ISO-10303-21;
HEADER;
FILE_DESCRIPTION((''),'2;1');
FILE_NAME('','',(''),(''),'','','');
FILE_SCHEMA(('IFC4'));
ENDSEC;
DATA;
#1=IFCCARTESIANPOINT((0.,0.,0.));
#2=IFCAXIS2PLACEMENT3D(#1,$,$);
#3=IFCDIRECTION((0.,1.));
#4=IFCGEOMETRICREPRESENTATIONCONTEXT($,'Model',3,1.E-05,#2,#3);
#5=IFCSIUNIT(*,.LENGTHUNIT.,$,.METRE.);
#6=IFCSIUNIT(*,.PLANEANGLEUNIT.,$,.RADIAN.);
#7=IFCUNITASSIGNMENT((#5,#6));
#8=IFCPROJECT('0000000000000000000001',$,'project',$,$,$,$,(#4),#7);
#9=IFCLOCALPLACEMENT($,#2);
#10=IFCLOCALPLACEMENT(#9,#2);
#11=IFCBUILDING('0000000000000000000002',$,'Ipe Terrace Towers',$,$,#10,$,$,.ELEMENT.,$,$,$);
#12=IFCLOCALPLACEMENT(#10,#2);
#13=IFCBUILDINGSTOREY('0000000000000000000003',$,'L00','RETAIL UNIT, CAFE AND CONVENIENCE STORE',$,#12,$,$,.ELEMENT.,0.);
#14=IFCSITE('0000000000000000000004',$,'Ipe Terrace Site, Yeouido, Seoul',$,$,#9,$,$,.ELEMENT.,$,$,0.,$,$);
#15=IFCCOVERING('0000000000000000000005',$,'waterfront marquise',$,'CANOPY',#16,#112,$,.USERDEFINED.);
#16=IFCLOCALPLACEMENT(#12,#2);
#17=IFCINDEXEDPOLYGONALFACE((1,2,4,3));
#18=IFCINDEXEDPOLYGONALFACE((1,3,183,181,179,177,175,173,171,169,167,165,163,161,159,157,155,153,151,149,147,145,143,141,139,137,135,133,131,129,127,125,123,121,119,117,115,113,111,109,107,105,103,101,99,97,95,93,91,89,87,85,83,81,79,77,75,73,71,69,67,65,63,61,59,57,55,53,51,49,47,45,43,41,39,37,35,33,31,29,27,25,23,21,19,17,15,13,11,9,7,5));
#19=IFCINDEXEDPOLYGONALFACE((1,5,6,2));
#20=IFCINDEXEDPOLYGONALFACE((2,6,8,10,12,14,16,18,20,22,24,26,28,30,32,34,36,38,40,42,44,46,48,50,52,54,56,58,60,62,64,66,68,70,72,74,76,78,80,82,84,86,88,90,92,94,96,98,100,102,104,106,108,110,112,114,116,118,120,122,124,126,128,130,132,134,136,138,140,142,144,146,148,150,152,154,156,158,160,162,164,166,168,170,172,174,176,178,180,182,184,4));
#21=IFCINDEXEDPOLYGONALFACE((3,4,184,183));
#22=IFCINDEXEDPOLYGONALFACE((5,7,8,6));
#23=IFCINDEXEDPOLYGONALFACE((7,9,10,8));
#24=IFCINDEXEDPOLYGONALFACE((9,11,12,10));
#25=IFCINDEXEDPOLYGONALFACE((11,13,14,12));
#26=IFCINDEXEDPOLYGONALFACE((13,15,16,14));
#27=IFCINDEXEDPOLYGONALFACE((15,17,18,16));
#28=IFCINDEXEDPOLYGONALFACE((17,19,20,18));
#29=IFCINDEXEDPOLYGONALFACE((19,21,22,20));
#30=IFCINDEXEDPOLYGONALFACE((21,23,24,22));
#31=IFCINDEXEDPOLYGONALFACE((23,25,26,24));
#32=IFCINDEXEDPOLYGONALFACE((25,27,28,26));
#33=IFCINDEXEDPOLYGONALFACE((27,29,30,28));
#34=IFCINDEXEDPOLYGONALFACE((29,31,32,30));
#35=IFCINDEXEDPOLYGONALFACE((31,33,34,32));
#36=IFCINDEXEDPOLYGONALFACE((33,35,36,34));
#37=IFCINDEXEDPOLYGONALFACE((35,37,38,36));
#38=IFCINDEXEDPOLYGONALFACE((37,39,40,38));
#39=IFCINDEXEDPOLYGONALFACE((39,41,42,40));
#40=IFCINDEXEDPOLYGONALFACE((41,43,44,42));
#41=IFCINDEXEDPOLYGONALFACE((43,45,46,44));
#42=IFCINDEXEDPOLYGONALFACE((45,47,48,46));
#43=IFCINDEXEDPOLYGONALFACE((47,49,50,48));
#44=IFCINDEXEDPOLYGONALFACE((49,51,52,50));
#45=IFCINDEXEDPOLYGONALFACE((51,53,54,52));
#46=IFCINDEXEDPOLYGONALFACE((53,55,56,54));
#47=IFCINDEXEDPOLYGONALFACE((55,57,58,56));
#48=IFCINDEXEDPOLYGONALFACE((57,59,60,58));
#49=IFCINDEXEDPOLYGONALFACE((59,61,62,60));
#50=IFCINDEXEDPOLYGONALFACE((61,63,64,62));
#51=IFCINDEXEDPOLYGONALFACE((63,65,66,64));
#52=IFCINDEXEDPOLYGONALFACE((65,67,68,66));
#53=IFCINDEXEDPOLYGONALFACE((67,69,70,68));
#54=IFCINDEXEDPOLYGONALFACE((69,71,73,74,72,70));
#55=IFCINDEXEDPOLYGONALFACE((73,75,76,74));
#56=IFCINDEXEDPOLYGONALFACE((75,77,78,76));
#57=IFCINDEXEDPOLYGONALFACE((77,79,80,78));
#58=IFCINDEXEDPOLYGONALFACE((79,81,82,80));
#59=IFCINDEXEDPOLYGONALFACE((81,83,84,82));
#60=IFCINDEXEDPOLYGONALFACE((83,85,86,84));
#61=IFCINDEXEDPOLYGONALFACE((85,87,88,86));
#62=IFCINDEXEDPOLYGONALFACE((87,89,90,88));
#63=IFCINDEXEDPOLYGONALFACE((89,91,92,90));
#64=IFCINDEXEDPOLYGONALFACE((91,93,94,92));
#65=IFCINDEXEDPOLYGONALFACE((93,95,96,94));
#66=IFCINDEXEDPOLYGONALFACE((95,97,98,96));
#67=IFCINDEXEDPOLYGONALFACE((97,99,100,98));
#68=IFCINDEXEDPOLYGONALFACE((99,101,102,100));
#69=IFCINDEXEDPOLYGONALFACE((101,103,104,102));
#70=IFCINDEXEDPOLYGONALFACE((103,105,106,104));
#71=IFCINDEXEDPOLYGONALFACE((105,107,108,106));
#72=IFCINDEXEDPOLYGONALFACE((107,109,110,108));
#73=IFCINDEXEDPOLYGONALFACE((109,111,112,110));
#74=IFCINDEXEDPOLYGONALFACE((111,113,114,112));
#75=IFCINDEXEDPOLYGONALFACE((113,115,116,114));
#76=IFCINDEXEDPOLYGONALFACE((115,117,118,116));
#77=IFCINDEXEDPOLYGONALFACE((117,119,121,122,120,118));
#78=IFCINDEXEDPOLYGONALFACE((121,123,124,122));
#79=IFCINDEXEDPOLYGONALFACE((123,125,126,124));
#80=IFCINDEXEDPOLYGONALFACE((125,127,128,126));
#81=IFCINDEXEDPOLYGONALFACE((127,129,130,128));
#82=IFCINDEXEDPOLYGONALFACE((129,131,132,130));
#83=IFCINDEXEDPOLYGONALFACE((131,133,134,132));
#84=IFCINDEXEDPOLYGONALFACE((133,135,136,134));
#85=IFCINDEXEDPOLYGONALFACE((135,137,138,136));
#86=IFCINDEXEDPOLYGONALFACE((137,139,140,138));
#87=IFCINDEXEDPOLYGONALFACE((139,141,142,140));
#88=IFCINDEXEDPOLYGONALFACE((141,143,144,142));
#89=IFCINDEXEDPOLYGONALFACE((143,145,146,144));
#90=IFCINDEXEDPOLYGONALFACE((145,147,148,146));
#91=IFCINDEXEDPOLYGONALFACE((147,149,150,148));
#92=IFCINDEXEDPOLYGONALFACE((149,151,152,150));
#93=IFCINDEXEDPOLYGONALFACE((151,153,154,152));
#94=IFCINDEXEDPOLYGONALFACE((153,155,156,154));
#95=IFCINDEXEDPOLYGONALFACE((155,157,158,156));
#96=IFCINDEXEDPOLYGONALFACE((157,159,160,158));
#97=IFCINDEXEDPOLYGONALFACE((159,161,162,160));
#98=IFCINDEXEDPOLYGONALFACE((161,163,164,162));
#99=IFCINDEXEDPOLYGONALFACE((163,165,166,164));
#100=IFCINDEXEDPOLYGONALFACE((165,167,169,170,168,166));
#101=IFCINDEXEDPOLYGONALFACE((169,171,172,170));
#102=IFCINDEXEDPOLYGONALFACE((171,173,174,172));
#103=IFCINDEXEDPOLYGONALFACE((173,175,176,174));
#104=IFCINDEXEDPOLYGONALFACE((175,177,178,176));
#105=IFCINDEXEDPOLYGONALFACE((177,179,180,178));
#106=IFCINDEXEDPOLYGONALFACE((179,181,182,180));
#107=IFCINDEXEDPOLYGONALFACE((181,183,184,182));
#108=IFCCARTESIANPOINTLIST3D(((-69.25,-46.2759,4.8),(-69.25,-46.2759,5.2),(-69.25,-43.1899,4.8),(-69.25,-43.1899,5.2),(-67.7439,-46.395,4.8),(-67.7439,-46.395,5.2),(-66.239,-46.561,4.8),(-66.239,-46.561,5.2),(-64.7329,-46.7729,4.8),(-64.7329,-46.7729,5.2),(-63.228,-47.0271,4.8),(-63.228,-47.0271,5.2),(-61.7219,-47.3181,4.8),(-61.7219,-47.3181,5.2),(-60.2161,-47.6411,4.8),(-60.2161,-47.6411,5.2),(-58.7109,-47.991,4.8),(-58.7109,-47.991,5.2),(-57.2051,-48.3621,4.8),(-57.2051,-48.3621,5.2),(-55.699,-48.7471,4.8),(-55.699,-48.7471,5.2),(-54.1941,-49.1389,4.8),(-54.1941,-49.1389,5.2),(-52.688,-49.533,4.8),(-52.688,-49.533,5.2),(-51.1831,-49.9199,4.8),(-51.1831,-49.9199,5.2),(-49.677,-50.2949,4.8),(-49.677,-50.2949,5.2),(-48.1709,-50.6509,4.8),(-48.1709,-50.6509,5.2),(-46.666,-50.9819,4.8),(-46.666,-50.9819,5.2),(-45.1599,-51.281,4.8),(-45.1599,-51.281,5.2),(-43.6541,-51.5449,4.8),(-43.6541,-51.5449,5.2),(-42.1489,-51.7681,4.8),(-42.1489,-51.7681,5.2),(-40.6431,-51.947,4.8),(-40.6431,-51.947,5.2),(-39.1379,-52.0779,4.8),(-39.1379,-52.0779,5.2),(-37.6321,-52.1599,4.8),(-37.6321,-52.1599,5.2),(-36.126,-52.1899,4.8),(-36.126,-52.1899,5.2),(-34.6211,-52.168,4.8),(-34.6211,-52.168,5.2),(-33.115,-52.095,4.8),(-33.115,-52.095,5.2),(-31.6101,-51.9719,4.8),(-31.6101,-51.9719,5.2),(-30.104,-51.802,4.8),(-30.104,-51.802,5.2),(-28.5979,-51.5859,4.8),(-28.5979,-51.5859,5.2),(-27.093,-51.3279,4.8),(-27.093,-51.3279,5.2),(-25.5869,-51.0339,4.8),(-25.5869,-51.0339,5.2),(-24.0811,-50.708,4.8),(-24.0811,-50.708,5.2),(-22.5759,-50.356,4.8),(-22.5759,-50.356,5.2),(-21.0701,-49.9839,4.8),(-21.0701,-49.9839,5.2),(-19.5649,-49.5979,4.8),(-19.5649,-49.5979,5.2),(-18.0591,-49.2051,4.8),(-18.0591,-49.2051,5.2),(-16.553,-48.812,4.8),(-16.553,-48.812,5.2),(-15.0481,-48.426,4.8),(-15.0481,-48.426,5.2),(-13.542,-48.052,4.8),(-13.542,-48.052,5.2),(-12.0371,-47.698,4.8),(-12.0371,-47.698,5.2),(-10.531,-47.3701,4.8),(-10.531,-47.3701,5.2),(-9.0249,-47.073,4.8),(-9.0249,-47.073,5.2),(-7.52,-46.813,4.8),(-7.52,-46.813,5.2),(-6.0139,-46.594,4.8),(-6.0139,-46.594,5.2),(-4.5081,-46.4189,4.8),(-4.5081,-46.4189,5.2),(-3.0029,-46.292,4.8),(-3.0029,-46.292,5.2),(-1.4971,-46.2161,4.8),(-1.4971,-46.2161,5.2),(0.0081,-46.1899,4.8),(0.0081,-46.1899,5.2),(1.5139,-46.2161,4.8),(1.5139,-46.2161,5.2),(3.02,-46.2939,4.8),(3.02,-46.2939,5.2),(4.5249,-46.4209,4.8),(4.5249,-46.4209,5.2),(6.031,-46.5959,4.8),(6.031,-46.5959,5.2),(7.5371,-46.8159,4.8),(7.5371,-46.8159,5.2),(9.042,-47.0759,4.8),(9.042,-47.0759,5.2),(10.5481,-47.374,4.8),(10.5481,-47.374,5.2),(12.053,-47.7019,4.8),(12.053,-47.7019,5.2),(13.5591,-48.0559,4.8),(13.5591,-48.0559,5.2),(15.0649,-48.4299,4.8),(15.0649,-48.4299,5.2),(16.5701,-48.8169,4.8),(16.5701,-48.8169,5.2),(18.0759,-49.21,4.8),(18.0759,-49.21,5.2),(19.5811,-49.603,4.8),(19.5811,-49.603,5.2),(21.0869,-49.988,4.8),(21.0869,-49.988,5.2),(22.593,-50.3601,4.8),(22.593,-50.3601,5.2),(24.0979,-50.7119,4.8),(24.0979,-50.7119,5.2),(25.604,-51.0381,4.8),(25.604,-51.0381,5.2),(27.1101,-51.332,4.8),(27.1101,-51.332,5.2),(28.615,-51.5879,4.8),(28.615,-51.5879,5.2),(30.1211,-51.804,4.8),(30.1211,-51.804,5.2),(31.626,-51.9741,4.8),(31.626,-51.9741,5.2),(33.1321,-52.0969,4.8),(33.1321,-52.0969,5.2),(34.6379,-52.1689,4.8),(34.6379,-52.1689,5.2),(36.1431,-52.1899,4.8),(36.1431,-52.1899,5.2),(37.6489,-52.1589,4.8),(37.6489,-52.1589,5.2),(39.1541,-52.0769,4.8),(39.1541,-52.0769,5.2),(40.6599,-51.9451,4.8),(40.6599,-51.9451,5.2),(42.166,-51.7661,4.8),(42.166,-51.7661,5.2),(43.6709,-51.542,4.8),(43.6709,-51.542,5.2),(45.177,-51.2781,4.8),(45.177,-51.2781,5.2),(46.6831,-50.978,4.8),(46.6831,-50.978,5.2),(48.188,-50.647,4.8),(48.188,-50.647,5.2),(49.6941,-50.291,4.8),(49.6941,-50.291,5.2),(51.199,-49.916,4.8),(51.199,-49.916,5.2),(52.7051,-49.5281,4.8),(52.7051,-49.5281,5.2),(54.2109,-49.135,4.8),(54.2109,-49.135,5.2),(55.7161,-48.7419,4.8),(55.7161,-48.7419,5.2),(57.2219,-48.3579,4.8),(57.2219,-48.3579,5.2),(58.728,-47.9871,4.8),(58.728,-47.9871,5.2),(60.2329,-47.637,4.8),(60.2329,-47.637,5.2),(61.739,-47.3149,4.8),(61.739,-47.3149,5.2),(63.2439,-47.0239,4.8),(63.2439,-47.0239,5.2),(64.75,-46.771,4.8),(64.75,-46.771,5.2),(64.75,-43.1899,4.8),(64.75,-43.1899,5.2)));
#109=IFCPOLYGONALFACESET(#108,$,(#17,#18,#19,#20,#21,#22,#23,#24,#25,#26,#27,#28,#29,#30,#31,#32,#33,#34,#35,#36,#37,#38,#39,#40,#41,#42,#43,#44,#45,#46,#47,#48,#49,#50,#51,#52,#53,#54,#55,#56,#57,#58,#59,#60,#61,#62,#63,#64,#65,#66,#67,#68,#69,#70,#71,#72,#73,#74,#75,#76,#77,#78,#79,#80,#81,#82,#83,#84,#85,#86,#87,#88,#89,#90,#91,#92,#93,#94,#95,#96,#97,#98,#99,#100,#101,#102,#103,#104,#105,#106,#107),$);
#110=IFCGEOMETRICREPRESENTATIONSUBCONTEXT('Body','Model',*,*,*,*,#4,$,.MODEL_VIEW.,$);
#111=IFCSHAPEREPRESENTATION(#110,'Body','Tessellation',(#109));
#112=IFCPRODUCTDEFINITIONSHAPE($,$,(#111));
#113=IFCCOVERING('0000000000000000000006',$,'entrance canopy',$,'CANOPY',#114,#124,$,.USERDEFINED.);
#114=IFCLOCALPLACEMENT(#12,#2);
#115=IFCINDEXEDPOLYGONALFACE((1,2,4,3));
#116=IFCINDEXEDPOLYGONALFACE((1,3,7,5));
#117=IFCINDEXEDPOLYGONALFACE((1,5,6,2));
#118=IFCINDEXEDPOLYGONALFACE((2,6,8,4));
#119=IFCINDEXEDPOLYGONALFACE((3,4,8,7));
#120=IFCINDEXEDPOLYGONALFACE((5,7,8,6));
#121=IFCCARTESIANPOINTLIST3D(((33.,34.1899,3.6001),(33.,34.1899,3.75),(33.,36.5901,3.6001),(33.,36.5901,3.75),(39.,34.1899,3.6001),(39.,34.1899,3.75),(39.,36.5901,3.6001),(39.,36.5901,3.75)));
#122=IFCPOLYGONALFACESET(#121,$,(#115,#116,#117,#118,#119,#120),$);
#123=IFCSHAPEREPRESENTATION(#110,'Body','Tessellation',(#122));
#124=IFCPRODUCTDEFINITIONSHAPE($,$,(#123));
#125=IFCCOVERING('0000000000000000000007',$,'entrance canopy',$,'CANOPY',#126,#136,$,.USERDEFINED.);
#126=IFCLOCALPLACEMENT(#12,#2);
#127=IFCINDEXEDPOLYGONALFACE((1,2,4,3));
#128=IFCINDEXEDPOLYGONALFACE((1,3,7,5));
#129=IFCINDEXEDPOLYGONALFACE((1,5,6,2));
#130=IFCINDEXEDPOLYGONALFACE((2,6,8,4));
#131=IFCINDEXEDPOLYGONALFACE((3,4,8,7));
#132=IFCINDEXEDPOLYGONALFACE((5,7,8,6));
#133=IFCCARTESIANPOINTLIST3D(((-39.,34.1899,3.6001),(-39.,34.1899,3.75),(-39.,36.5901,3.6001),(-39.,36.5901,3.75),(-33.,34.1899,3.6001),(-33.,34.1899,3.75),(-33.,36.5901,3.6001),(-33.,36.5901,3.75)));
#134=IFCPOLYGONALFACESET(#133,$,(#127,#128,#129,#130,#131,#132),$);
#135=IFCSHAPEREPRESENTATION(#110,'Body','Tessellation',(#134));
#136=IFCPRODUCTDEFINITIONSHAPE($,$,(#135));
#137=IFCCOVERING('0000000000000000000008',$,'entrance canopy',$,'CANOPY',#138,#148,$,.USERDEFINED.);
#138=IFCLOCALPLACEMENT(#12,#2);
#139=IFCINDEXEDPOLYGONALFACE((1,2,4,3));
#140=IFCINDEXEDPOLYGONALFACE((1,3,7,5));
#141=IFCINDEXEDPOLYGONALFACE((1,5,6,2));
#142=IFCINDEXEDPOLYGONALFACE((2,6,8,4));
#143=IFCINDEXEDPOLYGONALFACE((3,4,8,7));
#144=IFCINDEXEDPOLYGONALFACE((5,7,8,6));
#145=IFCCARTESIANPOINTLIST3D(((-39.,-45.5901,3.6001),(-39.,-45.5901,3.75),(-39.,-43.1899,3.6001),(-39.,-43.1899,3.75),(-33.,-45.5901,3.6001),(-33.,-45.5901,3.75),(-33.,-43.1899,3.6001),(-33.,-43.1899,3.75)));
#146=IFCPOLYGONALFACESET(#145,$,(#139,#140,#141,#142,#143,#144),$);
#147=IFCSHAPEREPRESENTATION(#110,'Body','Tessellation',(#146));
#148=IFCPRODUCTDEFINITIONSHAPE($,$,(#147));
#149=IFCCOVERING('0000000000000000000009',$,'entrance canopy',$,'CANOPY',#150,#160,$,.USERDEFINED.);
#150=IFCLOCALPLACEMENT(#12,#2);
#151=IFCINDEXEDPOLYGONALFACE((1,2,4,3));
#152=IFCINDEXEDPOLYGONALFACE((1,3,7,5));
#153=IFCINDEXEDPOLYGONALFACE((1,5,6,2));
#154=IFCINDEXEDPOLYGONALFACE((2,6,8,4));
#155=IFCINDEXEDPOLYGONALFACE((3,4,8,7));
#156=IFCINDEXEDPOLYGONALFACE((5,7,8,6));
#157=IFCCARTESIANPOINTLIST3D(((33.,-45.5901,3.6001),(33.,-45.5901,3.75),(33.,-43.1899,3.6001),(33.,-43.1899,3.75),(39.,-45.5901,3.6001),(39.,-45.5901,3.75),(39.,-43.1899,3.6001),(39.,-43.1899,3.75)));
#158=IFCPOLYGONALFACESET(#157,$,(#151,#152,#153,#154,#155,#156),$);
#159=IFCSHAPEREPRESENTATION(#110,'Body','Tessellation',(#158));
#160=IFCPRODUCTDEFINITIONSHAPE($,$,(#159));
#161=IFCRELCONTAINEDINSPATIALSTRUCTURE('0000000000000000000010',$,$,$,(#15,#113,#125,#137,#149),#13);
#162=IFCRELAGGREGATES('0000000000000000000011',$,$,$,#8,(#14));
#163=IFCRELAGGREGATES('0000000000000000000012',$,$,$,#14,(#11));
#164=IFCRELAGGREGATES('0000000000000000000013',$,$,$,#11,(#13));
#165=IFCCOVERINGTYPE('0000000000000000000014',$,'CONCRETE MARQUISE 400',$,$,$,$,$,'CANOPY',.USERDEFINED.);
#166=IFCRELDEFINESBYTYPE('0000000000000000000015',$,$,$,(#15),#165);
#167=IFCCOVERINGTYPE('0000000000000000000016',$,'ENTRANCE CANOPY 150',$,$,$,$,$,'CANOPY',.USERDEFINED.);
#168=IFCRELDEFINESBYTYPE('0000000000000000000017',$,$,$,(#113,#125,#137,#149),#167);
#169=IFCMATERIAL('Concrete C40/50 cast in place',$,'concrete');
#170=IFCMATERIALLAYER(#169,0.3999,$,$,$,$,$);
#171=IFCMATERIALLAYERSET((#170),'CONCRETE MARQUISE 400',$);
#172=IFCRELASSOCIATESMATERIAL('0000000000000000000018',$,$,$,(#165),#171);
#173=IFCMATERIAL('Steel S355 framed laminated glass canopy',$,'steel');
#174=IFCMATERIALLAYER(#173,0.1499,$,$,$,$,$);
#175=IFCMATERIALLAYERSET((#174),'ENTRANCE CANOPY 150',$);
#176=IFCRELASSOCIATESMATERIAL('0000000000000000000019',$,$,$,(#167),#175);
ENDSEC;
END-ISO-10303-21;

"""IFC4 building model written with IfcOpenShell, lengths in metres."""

from ifc_helpers import new_model, si_unit, direction, frame, origin, place, context, subcontext, project, spatial, polyline, outline, extrude, material, layer, layer_set, type_object, element, save


model = new_model("IFC4")

# Units and contexts
model_context = context("Model", 3, precision=1e-05, world=origin(), true_north=direction((0.0, 1.0)))
body_context = subcontext(model_context, "Body", "Model", "MODEL_VIEW")
ifc_project = project(units=[si_unit("LENGTHUNIT", "METRE"), si_unit("PLANEANGLEUNIT", "RADIAN")], contexts=[model_context])

# Site, building, storey
site_placement = place(None, origin())
site = spatial("IfcSite", under=ifc_project, at=site_placement, Name="Ipe Terrace Site, Yeouido, Seoul", CompositionType="ELEMENT", RefElevation=0.0)
building_placement = place(site_placement, origin())
building = spatial("IfcBuilding", under=site, at=building_placement, Name="Ipe Terrace Towers", CompositionType="ELEMENT")
storey_placement = place(building_placement, origin())
storey = spatial("IfcBuildingStorey", under=building, at=storey_placement, Name="L00", Description="RETAIL UNIT, CAFE AND CONVENIENCE STORE", CompositionType="ELEMENT", Elevation=0.0)

# Coverings
ifc_material_1 = material(Name="Concrete C40/50 cast in place", Category="concrete")
ifc_layer_1 = layer(ifc_material_1, 0.3999)
ifc_layer_set_1 = layer_set([ifc_layer_1], Name="CONCRETE MARQUISE 400")
covering_type_1 = type_object("IfcCoveringType", Name="CONCRETE MARQUISE 400", ElementType="CANOPY", PredefinedType="USERDEFINED", material=ifc_layer_set_1)
covering_1_placement = place(storey_placement, frame((0.0, 0.0, 4.8)))
element("IfcCovering", 1, at=covering_1_placement, inside=storey, type_object=covering_type_1, Name="waterfront marquise", ObjectType="CANOPY", PredefinedType="USERDEFINED", context=body_context, shape_type="SweptSolid", body=[
    extrude(outline(polyline([(-69.25, -43.1899), (-69.25, -46.2759), (-67.7439, -46.395), (-66.239, -46.561), (-64.7329, -46.7729), (-63.228, -47.0271), (-61.7219, -47.3181), (-60.2161, -47.6411), (-58.7109, -47.991), (-57.2051, -48.3621), (-55.699, -48.7471), (-54.1941, -49.1389), (-52.688, -49.533), (-51.1831, -49.9199), (-49.677, -50.2949), (-48.1709, -50.6509), (-46.666, -50.9819), (-45.1599, -51.281), (-43.6541, -51.5449), (-42.1489, -51.7681), (-40.6431, -51.947), (-39.1379, -52.0779), (-37.6321, -52.1599), (-36.126, -52.1899), (-34.6211, -52.168), (-33.115, -52.095), (-31.6101, -51.9719), (-30.104, -51.802), (-28.5979, -51.5859), (-27.093, -51.3279), (-25.5869, -51.0339), (-24.0811, -50.708), (-22.5759, -50.356), (-21.0701, -49.9839), (-19.5649, -49.5979), (-18.0591, -49.2051), (-16.553, -48.812), (-15.0481, -48.426), (-13.542, -48.052), (-12.0371, -47.698), (-10.531, -47.3701), (-9.0249, -47.073), (-7.52, -46.813), (-6.0139, -46.594), (-4.5081, -46.4189), (-3.0029, -46.292), (-1.4971, -46.2161), (0.0081, -46.1899), (1.5139, -46.2161), (3.02, -46.2939), (4.5249, -46.4209), (6.031, -46.5959), (7.5371, -46.8159), (9.042, -47.0759), (10.5481, -47.374), (12.053, -47.7019), (13.5591, -48.0559), (15.0649, -48.4299), (16.5701, -48.8169), (18.0759, -49.21), (19.5811, -49.603), (21.0869, -49.988), (22.593, -50.3601), (24.0979, -50.7119), (25.604, -51.0381), (27.1101, -51.332), (28.615, -51.5879), (30.1211, -51.804), (31.626, -51.9741), (33.1321, -52.0969), (34.6379, -52.1689), (36.1431, -52.1899), (37.6489, -52.1589), (39.1541, -52.0769), (40.6599, -51.9451), (42.166, -51.7661), (43.6709, -51.542), (45.177, -51.2781), (46.6831, -50.978), (48.188, -50.647), (49.6941, -50.291), (51.199, -49.916), (52.7051, -49.5281), (54.2109, -49.135), (55.7161, -48.7419), (57.2219, -48.3579), (58.728, -47.9871), (60.2329, -47.637), (61.739, -47.3149), (63.2439, -47.0239), (64.75, -46.771), (64.75, -43.1899), (-69.25, -43.1899)])), origin(), (0.0, 0.0, 1.0), 0.3999),
])
ifc_material_2 = material(Name="Steel S355 framed laminated glass canopy", Category="steel")
ifc_layer_2 = layer(ifc_material_2, 0.1499)
ifc_layer_set_2 = layer_set([ifc_layer_2], Name="ENTRANCE CANOPY 150")
covering_type_2 = type_object("IfcCoveringType", Name="ENTRANCE CANOPY 150", ElementType="CANOPY", PredefinedType="USERDEFINED", material=ifc_layer_set_2)
covering_2_placement = place(storey_placement, frame((0.0, 0.0, 3.6001)))
element("IfcCovering", 2, at=covering_2_placement, inside=storey, type_object=covering_type_2, Name="entrance canopy", ObjectType="CANOPY", PredefinedType="USERDEFINED", context=body_context, shape_type="SweptSolid", body=[
    extrude(outline(polyline([(33.0, 34.1899), (39.0, 34.1899), (39.0, 36.5901), (33.0, 36.5901), (33.0, 34.1899)])), origin(), (0.0, 0.0, 1.0), 0.1499),
])
covering_3_placement = place(storey_placement, frame((0.0, 0.0, 3.6001)))
element("IfcCovering", 3, at=covering_3_placement, inside=storey, type_object=covering_type_2, Name="entrance canopy", ObjectType="CANOPY", PredefinedType="USERDEFINED", context=body_context, shape_type="SweptSolid", body=[
    extrude(outline(polyline([(-39.0, 34.1899), (-33.0, 34.1899), (-33.0, 36.5901), (-39.0, 36.5901), (-39.0, 34.1899)])), origin(), (0.0, 0.0, 1.0), 0.1499),
])
covering_4_placement = place(storey_placement, frame((0.0, 0.0, 3.6001)))
element("IfcCovering", 4, at=covering_4_placement, inside=storey, type_object=covering_type_2, Name="entrance canopy", ObjectType="CANOPY", PredefinedType="USERDEFINED", context=body_context, shape_type="SweptSolid", body=[
    extrude(outline(polyline([(-39.0, -45.5901), (-33.0, -45.5901), (-33.0, -43.1899), (-39.0, -43.1899), (-39.0, -45.5901)])), origin(), (0.0, 0.0, 1.0), 0.1499),
])
covering_5_placement = place(storey_placement, frame((0.0, 0.0, 3.6001)))
element("IfcCovering", 5, at=covering_5_placement, inside=storey, type_object=covering_type_2, Name="entrance canopy", ObjectType="CANOPY", PredefinedType="USERDEFINED", context=body_context, shape_type="SweptSolid", body=[
    extrude(outline(polyline([(33.0, -45.5901), (39.0, -45.5901), (39.0, -43.1899), (33.0, -43.1899), (33.0, -45.5901)])), origin(), (0.0, 0.0, 1.0), 0.1499),
])

save(model, "model.ifc")
